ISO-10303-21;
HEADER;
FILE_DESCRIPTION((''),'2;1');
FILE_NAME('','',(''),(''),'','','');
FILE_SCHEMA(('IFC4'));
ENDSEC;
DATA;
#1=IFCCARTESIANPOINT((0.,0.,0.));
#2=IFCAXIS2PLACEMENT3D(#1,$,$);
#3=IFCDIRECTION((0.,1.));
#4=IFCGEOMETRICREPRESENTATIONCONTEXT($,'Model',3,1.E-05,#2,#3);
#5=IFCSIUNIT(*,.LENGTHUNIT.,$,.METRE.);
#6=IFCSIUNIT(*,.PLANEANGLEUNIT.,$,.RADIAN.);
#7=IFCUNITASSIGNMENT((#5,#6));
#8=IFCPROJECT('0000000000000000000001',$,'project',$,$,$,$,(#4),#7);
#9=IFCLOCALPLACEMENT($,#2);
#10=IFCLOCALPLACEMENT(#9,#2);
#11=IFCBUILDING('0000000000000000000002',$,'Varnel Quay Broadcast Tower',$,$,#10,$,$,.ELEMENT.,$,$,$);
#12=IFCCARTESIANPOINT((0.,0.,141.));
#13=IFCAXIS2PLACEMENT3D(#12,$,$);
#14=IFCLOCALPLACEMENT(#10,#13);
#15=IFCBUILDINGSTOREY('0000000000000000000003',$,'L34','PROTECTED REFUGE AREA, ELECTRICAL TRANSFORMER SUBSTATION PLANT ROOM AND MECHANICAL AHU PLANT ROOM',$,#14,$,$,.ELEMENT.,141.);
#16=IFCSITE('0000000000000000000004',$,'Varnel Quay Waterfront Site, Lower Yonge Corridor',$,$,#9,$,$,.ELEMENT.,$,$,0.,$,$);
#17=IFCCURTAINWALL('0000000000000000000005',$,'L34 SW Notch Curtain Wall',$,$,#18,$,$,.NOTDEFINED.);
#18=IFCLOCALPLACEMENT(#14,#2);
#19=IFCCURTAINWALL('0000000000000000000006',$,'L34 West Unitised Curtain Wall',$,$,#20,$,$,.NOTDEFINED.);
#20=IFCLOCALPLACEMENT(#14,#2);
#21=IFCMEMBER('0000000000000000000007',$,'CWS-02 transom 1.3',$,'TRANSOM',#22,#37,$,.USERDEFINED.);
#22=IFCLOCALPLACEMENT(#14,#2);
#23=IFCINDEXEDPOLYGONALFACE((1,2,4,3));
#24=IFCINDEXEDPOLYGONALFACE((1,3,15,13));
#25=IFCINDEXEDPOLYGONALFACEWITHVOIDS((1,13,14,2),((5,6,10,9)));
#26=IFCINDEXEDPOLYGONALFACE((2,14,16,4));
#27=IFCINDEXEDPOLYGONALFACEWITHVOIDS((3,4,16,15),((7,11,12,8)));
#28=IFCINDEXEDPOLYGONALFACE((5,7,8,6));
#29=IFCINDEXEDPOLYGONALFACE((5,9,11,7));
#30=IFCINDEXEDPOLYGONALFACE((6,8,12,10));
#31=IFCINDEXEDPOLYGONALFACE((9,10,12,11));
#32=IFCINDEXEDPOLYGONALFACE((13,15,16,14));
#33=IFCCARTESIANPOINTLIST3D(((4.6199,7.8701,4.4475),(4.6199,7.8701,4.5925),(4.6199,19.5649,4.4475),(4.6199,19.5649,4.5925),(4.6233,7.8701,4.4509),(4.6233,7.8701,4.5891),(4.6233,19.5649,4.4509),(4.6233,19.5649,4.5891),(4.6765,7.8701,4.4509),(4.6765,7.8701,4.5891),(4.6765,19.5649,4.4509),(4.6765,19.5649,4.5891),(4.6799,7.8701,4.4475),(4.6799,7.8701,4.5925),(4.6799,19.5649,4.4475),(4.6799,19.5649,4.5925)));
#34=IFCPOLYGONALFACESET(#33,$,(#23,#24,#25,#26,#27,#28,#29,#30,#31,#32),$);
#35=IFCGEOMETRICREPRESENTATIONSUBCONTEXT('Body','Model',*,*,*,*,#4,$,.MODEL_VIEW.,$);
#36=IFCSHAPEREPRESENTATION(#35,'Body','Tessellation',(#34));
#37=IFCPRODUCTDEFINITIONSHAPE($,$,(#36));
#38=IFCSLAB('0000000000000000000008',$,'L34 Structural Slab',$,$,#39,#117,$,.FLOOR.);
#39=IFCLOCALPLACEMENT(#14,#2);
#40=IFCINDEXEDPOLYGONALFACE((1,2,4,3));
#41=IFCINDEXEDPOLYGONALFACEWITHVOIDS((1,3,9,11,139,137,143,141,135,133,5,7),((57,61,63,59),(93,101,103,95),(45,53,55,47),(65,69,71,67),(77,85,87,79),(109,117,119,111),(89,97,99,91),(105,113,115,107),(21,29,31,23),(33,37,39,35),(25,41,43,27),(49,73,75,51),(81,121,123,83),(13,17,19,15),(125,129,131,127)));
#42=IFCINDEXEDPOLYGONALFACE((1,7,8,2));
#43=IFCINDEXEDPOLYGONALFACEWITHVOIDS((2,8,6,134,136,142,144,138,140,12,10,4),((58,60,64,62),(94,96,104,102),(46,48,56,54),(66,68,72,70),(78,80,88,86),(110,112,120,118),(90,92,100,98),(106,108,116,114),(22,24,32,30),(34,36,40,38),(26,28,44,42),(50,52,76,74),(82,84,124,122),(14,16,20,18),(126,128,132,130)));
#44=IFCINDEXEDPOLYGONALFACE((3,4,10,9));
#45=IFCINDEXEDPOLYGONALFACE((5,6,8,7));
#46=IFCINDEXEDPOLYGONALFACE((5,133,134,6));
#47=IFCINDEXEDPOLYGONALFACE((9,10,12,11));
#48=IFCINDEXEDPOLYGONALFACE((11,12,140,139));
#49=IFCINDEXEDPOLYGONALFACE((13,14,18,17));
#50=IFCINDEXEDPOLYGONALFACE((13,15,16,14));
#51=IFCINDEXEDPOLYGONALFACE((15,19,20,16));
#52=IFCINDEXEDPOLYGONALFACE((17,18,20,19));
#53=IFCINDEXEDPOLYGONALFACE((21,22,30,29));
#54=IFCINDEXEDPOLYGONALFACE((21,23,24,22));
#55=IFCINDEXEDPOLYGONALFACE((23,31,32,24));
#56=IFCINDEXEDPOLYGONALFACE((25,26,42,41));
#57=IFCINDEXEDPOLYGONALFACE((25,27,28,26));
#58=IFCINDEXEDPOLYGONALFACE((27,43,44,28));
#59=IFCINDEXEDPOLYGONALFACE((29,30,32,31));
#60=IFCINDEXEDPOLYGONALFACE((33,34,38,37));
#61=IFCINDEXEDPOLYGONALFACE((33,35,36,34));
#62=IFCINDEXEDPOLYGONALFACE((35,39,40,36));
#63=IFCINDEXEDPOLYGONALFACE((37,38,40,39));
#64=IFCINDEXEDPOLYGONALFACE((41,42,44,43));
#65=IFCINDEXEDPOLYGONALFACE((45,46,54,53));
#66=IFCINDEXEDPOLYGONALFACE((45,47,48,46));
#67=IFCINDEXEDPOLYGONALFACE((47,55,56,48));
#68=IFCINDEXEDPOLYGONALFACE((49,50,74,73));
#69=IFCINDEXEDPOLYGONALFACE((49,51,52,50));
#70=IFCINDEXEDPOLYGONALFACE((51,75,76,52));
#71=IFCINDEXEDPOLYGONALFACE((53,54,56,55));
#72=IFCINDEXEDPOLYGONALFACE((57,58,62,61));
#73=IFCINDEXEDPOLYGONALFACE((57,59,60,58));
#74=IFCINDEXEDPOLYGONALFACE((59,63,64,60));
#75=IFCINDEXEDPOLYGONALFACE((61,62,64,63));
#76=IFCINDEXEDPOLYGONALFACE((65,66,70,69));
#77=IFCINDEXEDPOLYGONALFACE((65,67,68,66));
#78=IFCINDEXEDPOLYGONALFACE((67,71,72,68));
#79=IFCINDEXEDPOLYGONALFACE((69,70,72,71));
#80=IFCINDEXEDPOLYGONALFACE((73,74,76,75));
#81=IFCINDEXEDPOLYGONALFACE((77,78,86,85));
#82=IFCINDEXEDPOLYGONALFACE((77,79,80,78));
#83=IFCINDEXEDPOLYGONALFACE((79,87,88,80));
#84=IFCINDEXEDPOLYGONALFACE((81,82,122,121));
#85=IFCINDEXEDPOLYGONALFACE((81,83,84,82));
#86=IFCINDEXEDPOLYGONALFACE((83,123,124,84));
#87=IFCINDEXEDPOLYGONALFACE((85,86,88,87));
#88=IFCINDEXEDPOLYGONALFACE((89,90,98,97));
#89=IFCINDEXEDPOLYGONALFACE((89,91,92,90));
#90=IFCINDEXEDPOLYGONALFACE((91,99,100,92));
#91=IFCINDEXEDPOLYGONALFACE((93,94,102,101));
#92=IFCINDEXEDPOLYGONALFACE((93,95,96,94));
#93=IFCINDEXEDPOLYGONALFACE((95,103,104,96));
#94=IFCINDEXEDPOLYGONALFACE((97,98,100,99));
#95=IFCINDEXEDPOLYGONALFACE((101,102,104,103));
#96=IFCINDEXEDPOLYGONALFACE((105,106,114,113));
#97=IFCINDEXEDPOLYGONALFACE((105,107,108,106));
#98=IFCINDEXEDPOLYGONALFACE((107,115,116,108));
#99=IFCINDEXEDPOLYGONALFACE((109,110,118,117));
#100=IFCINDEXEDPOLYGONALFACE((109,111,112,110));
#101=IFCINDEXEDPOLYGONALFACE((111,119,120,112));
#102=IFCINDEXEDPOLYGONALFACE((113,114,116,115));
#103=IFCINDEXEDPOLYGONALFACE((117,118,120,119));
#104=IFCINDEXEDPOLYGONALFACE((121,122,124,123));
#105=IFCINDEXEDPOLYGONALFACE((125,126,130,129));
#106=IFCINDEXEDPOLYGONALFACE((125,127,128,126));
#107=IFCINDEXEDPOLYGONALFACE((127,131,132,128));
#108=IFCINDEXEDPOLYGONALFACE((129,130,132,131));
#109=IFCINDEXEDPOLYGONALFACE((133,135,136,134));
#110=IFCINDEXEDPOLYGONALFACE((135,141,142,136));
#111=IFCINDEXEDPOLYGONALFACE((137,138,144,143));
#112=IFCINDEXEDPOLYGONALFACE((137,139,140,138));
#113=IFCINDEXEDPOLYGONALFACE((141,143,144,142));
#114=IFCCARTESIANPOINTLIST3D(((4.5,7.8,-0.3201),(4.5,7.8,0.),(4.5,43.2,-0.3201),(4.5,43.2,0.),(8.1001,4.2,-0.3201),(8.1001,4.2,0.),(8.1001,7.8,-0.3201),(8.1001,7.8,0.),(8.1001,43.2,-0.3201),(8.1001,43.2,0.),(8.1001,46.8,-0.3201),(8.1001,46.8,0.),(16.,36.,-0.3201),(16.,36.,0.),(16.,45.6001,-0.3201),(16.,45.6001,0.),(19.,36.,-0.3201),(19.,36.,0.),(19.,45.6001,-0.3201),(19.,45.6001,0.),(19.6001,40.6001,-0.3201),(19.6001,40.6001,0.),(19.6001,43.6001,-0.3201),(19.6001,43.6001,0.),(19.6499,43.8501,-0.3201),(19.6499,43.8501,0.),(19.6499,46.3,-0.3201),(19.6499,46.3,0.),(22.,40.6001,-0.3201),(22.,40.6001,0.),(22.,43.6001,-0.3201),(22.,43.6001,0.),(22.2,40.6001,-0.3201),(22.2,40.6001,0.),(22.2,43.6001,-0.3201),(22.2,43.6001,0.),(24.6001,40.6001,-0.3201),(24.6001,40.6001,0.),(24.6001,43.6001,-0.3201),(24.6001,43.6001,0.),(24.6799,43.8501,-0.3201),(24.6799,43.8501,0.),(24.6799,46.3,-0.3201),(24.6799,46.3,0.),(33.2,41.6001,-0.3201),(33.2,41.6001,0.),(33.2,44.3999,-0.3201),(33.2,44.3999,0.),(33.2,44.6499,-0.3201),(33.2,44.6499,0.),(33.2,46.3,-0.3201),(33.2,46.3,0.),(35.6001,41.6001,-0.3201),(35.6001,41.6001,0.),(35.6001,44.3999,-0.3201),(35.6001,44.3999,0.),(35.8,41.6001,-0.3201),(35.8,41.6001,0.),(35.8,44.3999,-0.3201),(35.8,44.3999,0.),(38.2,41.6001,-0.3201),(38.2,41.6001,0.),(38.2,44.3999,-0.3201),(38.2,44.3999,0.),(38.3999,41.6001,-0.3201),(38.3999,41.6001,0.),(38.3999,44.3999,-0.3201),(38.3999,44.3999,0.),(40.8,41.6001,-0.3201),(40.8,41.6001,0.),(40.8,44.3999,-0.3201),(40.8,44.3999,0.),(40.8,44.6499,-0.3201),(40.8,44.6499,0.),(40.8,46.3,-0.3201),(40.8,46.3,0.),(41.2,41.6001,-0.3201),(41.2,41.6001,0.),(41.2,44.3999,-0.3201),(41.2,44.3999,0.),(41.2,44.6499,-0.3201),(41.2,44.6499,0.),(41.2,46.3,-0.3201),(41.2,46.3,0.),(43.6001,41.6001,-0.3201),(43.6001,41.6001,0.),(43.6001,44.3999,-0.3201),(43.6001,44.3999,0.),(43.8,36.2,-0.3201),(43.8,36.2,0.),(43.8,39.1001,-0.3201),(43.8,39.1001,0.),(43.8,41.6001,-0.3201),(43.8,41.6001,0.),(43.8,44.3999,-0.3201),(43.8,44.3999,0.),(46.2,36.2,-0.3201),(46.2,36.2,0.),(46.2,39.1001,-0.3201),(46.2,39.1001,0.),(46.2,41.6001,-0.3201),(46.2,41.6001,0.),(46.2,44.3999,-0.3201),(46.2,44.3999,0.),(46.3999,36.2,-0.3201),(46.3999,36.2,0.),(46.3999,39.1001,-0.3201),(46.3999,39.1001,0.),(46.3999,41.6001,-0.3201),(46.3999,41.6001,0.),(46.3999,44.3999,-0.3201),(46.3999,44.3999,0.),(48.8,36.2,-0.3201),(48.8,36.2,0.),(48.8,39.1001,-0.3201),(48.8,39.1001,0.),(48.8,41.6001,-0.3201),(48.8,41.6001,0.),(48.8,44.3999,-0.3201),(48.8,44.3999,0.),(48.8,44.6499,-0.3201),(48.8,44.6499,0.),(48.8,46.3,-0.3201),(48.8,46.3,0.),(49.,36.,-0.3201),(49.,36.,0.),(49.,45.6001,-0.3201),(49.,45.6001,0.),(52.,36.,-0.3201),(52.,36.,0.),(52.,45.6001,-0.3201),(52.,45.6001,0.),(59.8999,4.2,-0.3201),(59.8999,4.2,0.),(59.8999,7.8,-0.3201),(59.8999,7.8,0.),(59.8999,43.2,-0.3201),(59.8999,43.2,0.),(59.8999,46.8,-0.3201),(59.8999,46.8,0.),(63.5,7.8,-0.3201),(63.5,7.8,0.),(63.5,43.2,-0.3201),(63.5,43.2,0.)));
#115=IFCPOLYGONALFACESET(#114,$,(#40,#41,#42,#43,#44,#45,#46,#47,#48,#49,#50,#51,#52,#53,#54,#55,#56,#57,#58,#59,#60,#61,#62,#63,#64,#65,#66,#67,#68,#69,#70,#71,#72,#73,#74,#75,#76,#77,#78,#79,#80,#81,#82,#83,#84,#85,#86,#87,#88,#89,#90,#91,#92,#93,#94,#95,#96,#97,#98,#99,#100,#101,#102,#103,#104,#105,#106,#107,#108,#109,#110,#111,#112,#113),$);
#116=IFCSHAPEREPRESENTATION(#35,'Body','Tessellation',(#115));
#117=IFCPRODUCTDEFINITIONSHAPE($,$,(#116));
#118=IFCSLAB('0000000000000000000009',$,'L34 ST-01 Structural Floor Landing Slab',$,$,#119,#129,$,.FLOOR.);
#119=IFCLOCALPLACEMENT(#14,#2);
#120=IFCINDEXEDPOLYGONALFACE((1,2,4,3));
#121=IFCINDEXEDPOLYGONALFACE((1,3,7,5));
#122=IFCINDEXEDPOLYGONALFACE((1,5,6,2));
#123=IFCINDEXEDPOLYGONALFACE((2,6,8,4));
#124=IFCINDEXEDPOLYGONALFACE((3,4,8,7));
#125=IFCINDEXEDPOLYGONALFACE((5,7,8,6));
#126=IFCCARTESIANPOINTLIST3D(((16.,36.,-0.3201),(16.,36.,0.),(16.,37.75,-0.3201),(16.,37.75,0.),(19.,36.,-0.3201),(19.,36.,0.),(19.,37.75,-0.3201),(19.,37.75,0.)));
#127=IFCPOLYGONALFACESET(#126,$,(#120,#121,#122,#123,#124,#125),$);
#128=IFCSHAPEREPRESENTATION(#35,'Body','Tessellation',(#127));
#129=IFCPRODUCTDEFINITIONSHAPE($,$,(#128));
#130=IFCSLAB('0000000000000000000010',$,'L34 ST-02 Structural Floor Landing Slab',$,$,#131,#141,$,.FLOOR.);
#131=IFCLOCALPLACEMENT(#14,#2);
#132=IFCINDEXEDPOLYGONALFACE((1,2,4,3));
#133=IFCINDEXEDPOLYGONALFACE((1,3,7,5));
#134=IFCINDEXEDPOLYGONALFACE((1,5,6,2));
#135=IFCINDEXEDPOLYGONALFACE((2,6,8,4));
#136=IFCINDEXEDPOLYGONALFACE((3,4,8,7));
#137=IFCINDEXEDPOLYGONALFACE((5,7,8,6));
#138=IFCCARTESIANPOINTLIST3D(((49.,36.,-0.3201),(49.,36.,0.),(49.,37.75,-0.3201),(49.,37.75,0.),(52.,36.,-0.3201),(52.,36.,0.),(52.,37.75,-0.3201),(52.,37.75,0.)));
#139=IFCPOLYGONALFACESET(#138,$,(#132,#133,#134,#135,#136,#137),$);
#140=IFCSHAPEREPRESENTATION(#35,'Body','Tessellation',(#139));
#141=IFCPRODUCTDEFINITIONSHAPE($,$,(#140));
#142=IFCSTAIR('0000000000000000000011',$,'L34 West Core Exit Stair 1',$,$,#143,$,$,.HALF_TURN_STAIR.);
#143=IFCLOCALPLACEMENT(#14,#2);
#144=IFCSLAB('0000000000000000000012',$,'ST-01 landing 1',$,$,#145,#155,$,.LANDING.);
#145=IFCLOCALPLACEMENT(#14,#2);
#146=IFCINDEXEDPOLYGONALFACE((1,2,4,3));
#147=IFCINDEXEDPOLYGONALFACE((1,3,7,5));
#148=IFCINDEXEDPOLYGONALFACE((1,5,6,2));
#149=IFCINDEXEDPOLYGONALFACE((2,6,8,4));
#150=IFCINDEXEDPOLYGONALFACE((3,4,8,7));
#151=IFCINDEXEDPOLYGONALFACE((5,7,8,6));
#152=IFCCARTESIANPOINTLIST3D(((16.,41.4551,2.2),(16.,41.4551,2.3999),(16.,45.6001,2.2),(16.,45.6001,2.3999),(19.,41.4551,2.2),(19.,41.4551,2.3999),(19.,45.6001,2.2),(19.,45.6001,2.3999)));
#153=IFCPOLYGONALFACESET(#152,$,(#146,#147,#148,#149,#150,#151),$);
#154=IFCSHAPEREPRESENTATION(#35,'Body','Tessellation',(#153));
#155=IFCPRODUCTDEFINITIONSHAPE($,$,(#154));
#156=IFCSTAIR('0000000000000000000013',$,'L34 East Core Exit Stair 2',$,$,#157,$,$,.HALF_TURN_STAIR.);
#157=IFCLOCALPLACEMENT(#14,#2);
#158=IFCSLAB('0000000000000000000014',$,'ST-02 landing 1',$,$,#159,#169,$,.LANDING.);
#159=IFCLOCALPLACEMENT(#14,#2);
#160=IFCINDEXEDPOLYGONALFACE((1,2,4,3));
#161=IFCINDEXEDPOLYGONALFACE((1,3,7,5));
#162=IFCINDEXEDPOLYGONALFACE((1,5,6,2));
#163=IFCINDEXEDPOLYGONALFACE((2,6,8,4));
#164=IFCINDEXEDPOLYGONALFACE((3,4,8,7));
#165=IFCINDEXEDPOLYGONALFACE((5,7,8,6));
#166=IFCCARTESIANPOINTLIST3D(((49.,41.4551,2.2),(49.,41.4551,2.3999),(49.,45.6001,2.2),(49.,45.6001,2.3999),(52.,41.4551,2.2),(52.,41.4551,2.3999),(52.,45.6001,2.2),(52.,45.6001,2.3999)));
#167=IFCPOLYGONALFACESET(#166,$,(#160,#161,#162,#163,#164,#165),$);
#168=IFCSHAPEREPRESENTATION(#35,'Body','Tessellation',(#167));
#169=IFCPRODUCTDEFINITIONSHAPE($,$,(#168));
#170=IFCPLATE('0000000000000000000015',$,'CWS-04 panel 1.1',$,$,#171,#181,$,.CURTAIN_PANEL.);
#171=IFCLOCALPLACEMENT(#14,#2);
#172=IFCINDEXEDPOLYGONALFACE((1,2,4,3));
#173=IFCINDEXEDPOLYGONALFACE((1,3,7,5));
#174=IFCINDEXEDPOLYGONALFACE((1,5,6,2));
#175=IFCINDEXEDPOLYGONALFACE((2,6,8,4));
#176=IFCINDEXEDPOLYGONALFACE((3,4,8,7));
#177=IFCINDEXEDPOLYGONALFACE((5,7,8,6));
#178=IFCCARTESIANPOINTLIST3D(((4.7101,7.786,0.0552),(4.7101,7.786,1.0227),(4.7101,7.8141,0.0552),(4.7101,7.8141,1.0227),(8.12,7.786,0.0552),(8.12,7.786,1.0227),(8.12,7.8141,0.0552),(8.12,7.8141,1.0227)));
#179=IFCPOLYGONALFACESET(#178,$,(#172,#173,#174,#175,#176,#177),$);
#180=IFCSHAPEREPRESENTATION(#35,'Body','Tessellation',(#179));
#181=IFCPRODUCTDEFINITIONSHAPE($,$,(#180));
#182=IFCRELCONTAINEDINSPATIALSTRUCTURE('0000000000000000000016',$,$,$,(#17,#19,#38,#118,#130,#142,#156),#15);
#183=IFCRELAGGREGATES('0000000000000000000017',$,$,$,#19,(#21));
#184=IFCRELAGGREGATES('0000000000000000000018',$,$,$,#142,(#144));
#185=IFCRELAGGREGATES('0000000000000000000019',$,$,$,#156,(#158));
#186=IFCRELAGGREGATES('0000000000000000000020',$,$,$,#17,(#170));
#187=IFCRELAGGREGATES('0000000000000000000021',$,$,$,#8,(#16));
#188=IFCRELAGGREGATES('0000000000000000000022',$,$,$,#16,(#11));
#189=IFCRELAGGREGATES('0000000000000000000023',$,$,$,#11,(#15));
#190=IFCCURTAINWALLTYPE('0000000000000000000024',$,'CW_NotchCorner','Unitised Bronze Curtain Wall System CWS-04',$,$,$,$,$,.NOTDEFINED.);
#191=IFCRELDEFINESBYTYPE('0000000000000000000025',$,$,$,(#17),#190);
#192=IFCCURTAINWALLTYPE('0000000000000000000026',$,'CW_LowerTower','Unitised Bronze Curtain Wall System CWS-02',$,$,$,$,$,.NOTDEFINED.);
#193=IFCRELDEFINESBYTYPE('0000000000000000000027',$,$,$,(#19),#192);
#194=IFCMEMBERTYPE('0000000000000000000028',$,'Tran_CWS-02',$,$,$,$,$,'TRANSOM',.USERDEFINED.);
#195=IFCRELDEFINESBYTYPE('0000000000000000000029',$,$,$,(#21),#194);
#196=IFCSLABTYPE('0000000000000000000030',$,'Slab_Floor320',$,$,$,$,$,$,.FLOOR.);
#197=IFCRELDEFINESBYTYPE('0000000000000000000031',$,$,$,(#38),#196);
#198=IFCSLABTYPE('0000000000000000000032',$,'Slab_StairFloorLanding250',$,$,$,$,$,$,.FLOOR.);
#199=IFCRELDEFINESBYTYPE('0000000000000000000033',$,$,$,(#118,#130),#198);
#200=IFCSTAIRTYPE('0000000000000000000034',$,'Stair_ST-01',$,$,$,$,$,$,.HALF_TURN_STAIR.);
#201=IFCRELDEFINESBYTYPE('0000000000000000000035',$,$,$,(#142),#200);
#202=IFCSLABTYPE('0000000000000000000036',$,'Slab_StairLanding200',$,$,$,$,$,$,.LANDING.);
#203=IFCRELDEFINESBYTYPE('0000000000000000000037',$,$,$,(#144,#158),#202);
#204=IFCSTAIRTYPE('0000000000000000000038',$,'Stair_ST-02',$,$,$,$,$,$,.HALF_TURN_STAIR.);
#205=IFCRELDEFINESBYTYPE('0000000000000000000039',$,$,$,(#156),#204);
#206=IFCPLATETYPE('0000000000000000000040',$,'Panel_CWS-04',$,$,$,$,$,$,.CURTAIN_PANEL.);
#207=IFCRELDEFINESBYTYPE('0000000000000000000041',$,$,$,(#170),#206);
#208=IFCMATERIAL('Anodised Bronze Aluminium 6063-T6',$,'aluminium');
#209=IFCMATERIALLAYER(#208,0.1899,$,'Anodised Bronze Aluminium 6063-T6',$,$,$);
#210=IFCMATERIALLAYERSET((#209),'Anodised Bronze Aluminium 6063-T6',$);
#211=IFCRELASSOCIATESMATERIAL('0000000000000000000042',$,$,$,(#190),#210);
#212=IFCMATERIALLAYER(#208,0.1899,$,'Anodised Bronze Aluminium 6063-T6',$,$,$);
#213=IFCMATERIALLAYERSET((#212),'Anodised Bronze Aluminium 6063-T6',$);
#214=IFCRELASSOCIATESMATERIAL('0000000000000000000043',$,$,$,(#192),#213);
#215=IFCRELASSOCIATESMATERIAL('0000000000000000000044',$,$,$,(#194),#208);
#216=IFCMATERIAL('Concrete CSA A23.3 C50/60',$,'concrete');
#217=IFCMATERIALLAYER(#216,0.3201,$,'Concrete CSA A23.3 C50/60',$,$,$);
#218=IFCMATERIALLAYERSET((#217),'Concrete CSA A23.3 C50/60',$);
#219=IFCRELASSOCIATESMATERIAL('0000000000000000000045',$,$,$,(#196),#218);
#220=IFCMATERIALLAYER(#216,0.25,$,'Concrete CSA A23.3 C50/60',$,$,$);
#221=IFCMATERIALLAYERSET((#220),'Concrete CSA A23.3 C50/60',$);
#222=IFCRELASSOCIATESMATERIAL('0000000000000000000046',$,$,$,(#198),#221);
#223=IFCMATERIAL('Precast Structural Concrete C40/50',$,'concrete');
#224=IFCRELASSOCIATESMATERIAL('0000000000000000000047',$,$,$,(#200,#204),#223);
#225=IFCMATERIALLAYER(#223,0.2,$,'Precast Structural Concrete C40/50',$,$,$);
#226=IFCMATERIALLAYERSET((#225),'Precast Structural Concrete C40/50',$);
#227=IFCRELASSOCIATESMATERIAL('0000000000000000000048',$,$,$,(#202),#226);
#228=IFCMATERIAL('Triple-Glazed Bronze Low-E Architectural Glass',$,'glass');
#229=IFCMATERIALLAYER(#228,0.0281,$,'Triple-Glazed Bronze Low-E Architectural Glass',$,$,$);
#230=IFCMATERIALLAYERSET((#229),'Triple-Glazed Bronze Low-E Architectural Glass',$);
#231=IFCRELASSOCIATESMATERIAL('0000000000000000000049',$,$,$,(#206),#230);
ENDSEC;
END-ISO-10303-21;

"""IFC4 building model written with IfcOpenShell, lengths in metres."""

from ifc_helpers import new_model, si_unit, direction, frame, origin, origin_2d, place, context, subcontext, project, spatial, polyline, rectangle, hollow_rectangle, outline, extrude, source, transform, mapped, material, layer, layer_set, material_profile, profile_set, type_object, type_shapes, element, aggregate, save


model = new_model("IFC4")

# Units and contexts
model_context = context("Model", 3, precision=1e-05, world=origin(), true_north=direction((0.0, 1.0)))
body_context = subcontext(model_context, "Body", "Model", "MODEL_VIEW")
ifc_project = project(units=[si_unit("LENGTHUNIT", "METRE"), si_unit("PLANEANGLEUNIT", "RADIAN")], contexts=[model_context])

# Site, building, storey
site_placement = place(None, origin())
site = spatial("IfcSite", under=ifc_project, at=site_placement, Name="Varnel Quay Waterfront Site, Lower Yonge Corridor", CompositionType="ELEMENT", RefElevation=0.0)
building_placement = place(site_placement, origin())
building = spatial("IfcBuilding", under=site, at=building_placement, Name="Varnel Quay Broadcast Tower", CompositionType="ELEMENT")
storey_placement = place(building_placement, frame((0.0, 0.0, 141.0)))
storey = spatial("IfcBuildingStorey", under=building, at=storey_placement, Name="L34", Description="PROTECTED REFUGE AREA, ELECTRICAL TRANSFORMER SUBSTATION PLANT ROOM AND MECHANICAL AHU PLANT ROOM", CompositionType="ELEMENT", Elevation=141.0)

# Curtain wall
ifc_material_1 = material(Name="Anodised Bronze Aluminium 6063-T6", Category="aluminium")
ifc_layer_1 = layer(ifc_material_1, 0.1899, Name="Anodised Bronze Aluminium 6063-T6")
ifc_layer_set_1 = layer_set([ifc_layer_1], Name="Anodised Bronze Aluminium 6063-T6")
curtain_wall_type_1 = type_object("IfcCurtainWallType", Name="CW_NotchCorner", Description="Unitised Bronze Curtain Wall System CWS-04", PredefinedType="NOTDEFINED", material=ifc_layer_set_1)
curtain_wall_1_placement = place(storey_placement, origin())
curtain_wall_1 = element("IfcCurtainWall", 1, at=curtain_wall_1_placement, inside=storey, type_object=curtain_wall_type_1, Name="L34 SW Notch Curtain Wall", PredefinedType="NOTDEFINED")

# Curtain wall
ifc_layer_2 = layer(ifc_material_1, 0.1899, Name="Anodised Bronze Aluminium 6063-T6")
ifc_layer_set_2 = layer_set([ifc_layer_2], Name="Anodised Bronze Aluminium 6063-T6")
curtain_wall_type_2 = type_object("IfcCurtainWallType", Name="CW_LowerTower", Description="Unitised Bronze Curtain Wall System CWS-02", PredefinedType="NOTDEFINED", material=ifc_layer_set_2)
curtain_wall_2_placement = place(storey_placement, origin())
curtain_wall_2 = element("IfcCurtainWall", 2, at=curtain_wall_2_placement, inside=storey, type_object=curtain_wall_type_2, Name="L34 West Unitised Curtain Wall", PredefinedType="NOTDEFINED")

# Member
ifc_material_profile_1 = material_profile(ifc_material_1, hollow_rectangle(XDim=0.0601, YDim=0.145, WallThickness=0.0034, at=origin_2d()), Name="ALU60X145X3.5")
ifc_profile_set_1 = profile_set([ifc_material_profile_1], Name="Anodised Bronze Aluminium 6063-T6")
member_type_1 = type_object("IfcMemberType", Name="Tran_CWS-02", ElementType="TRANSOM", PredefinedType="USERDEFINED", material=ifc_profile_set_1)
shared_shape_1 = source(origin(), body_context, "Body", "SweptSolid", [
    extrude(hollow_rectangle(XDim=0.0601, YDim=0.145, WallThickness=0.0034, at=origin_2d()), origin(), (0.0, 0.0, 1.0), 11.6948),
])
type_shapes(member_type_1, [shared_shape_1])
member_1_placement = place(storey_placement, frame((4.6499, 7.8701, 4.52), z_axis=(0.0, 1.0, 0.0), x_axis=(-1.0, 0.0, 0.0)))
member_1 = element("IfcMember", 3, at=member_1_placement, type_object=member_type_1, Name="CWS-02 transom 1.3", ObjectType="TRANSOM", PredefinedType="USERDEFINED", context=body_context, shape_type="MappedRepresentation", body=[
    mapped(shared_shape_1, transform((0.0, 0.0, 0.0), x_axis=(1.0, 0.0, 0.0), y_axis=(0.0, 1.0, 0.0), z_axis=(0.0, 0.0, 1.0), scale=1.0)),
])
aggregate(curtain_wall_2, [member_1])

# Slabs
ifc_material_2 = material(Name="Concrete CSA A23.3 C50/60", Category="concrete")
ifc_layer_3 = layer(ifc_material_2, 0.3201, Name="Concrete CSA A23.3 C50/60")
ifc_layer_set_3 = layer_set([ifc_layer_3], Name="Concrete CSA A23.3 C50/60")
slab_type_1 = type_object("IfcSlabType", Name="Slab_Floor320", PredefinedType="FLOOR", material=ifc_layer_set_3)
slab_1_placement = place(storey_placement, frame((0.0, 0.0, -0.3201)))
element("IfcSlab", 4, at=slab_1_placement, inside=storey, type_object=slab_type_1, Name="L34 Structural Slab", PredefinedType="FLOOR", context=body_context, shape_type="SweptSolid", body=[
    extrude(outline(polyline([(8.1001, 4.2), (59.8999, 4.2), (59.8999, 7.8), (63.5, 7.8), (63.5, 43.2), (59.8999, 43.2), (59.8999, 46.8), (8.1001, 46.8), (8.1001, 43.2), (4.5, 43.2), (4.5, 7.8), (8.1001, 7.8), (8.1001, 4.2)]), holes=[polyline([(19.0, 36.0), (16.0, 36.0), (16.0, 45.6001), (19.0, 45.6001), (19.0, 36.0)]), polyline([(19.6001, 43.6001), (22.0, 43.6001), (22.0, 40.6001), (19.6001, 40.6001), (19.6001, 43.6001)]), polyline([(22.2, 43.6001), (24.6001, 43.6001), (24.6001, 40.6001), (22.2, 40.6001), (22.2, 43.6001)]), polyline([(33.2, 44.3999), (35.6001, 44.3999), (35.6001, 41.6001), (33.2, 41.6001), (33.2, 44.3999)]), polyline([(35.8, 44.3999), (38.2, 44.3999), (38.2, 41.6001), (35.8, 41.6001), (35.8, 44.3999)]), polyline([(38.3999, 44.3999), (40.8, 44.3999), (40.8, 41.6001), (38.3999, 41.6001), (38.3999, 44.3999)]), polyline([(19.6499, 46.3), (24.6799, 46.3), (24.6799, 43.8501), (19.6499, 43.8501), (19.6499, 46.3)]), polyline([(33.2, 46.3), (40.8, 46.3), (40.8, 44.6499), (33.2, 44.6499), (33.2, 46.3)]), polyline([(43.8, 39.1001), (46.2, 39.1001), (46.2, 36.2), (43.8, 36.2), (43.8, 39.1001)]), polyline([(46.3999, 39.1001), (48.8, 39.1001), (48.8, 36.2), (46.3999, 36.2), (46.3999, 39.1001)]), polyline([(49.0, 36.0), (49.0, 45.6001), (52.0, 45.6001), (52.0, 36.0), (49.0, 36.0)]), polyline([(41.2, 44.3999), (43.6001, 44.3999), (43.6001, 41.6001), (41.2, 41.6001), (41.2, 44.3999)]), polyline([(43.8, 44.3999), (46.2, 44.3999), (46.2, 41.6001), (43.8, 41.6001), (43.8, 44.3999)]), polyline([(46.3999, 44.3999), (48.8, 44.3999), (48.8, 41.6001), (46.3999, 41.6001), (46.3999, 44.3999)]), polyline([(41.2, 46.3), (48.8, 46.3), (48.8, 44.6499), (41.2, 44.6499), (41.2, 46.3)])]), origin(), (0.0, 0.0, 1.0), 0.3201),
])
ifc_layer_4 = layer(ifc_material_2, 0.25, Name="Concrete CSA A23.3 C50/60")
ifc_layer_set_4 = layer_set([ifc_layer_4], Name="Concrete CSA A23.3 C50/60")
slab_type_2 = type_object("IfcSlabType", Name="Slab_StairFloorLanding250", PredefinedType="FLOOR", material=ifc_layer_set_4)
slab_2_placement = place(storey_placement, frame((0.0, 0.0, -0.3201)))
element("IfcSlab", 5, at=slab_2_placement, inside=storey, type_object=slab_type_2, Name="L34 ST-01 Structural Floor Landing Slab", PredefinedType="FLOOR", context=body_context, shape_type="SweptSolid", body=[
    extrude(outline(polyline([(19.0, 36.0), (19.0, 37.75), (16.0, 37.75), (16.0, 36.0), (19.0, 36.0)])), origin(), (0.0, 0.0, 1.0), 0.3201),
])
slab_3_placement = place(storey_placement, frame((0.0, 0.0, -0.3201)))
element("IfcSlab", 6, at=slab_3_placement, inside=storey, type_object=slab_type_2, Name="L34 ST-02 Structural Floor Landing Slab", PredefinedType="FLOOR", context=body_context, shape_type="SweptSolid", body=[
    extrude(outline(polyline([(52.0, 36.0), (52.0, 37.75), (49.0, 37.75), (49.0, 36.0), (52.0, 36.0)])), origin(), (0.0, 0.0, 1.0), 0.3201),
])

# Stairs, slabs
ifc_material_3 = material(Name="Precast Structural Concrete C40/50", Category="concrete")
stair_type_1 = type_object("IfcStairType", Name="Stair_ST-01", PredefinedType="HALF_TURN_STAIR", material=ifc_material_3)
stair_1_placement = place(storey_placement, origin())
stair_1 = element("IfcStair", 7, at=stair_1_placement, inside=storey, type_object=stair_type_1, Name="L34 West Core Exit Stair 1", PredefinedType="HALF_TURN_STAIR")
ifc_layer_5 = layer(ifc_material_3, 0.2, Name="Precast Structural Concrete C40/50")
ifc_layer_set_5 = layer_set([ifc_layer_5], Name="Precast Structural Concrete C40/50")
slab_type_3 = type_object("IfcSlabType", Name="Slab_StairLanding200", PredefinedType="LANDING", material=ifc_layer_set_5)
slab_4_placement = place(storey_placement, frame((0.0, 0.0, 2.2)))
slab_4 = element("IfcSlab", 8, at=slab_4_placement, type_object=slab_type_3, Name="ST-01 landing 1", PredefinedType="LANDING", context=body_context, shape_type="SweptSolid", body=[
    extrude(outline(polyline([(19.0, 41.4551), (19.0, 45.6001), (16.0, 45.6001), (16.0, 41.4551), (19.0, 41.4551)])), origin(), (0.0, 0.0, 1.0), 0.2),
])
aggregate(stair_1, [slab_4])
stair_type_2 = type_object("IfcStairType", Name="Stair_ST-02", PredefinedType="HALF_TURN_STAIR", material=ifc_material_3)
stair_2_placement = place(storey_placement, origin())
stair_2 = element("IfcStair", 9, at=stair_2_placement, inside=storey, type_object=stair_type_2, Name="L34 East Core Exit Stair 2", PredefinedType="HALF_TURN_STAIR")
slab_5_placement = place(storey_placement, frame((0.0, 0.0, 2.2)))
slab_5 = element("IfcSlab", 10, at=slab_5_placement, type_object=slab_type_3, Name="ST-02 landing 1", PredefinedType="LANDING", context=body_context, shape_type="SweptSolid", body=[
    extrude(outline(polyline([(52.0, 41.4551), (52.0, 45.6001), (49.0, 45.6001), (49.0, 41.4551), (52.0, 41.4551)])), origin(), (0.0, 0.0, 1.0), 0.2),
])
aggregate(stair_2, [slab_5])

# Plate
ifc_material_4 = material(Name="Triple-Glazed Bronze Low-E Architectural Glass", Category="glass")
ifc_layer_6 = layer(ifc_material_4, 0.0281, Name="Triple-Glazed Bronze Low-E Architectural Glass")
ifc_layer_set_6 = layer_set([ifc_layer_6], Name="Triple-Glazed Bronze Low-E Architectural Glass")
plate_type = type_object("IfcPlateType", Name="Panel_CWS-04", PredefinedType="CURTAIN_PANEL", material=ifc_layer_set_6)
shared_shape_2 = source(origin(), body_context, "Body", "SweptSolid", [
    extrude(rectangle(XDim=3.4099, YDim=0.0281, at=origin_2d()), origin(), (0.0, 0.0, 1.0), 0.9675),
])
plate_1_placement = place(storey_placement, frame((6.415, 7.8, 0.0552), z_axis=(0.0, 0.0, 1.0), x_axis=(1.0, 0.0, 0.0)))
plate_1 = element("IfcPlate", 11, at=plate_1_placement, type_object=plate_type, Name="CWS-04 panel 1.1", PredefinedType="CURTAIN_PANEL", context=body_context, shape_type="MappedRepresentation", body=[
    mapped(shared_shape_2, transform((0.0, 0.0, 0.0), x_axis=(1.0, 0.0, 0.0), y_axis=(0.0, 1.0, 0.0), z_axis=(0.0, 0.0, 1.0), scale=1.0)),
])
aggregate(curtain_wall_1, [plate_1])

save(model, "model.ifc")
